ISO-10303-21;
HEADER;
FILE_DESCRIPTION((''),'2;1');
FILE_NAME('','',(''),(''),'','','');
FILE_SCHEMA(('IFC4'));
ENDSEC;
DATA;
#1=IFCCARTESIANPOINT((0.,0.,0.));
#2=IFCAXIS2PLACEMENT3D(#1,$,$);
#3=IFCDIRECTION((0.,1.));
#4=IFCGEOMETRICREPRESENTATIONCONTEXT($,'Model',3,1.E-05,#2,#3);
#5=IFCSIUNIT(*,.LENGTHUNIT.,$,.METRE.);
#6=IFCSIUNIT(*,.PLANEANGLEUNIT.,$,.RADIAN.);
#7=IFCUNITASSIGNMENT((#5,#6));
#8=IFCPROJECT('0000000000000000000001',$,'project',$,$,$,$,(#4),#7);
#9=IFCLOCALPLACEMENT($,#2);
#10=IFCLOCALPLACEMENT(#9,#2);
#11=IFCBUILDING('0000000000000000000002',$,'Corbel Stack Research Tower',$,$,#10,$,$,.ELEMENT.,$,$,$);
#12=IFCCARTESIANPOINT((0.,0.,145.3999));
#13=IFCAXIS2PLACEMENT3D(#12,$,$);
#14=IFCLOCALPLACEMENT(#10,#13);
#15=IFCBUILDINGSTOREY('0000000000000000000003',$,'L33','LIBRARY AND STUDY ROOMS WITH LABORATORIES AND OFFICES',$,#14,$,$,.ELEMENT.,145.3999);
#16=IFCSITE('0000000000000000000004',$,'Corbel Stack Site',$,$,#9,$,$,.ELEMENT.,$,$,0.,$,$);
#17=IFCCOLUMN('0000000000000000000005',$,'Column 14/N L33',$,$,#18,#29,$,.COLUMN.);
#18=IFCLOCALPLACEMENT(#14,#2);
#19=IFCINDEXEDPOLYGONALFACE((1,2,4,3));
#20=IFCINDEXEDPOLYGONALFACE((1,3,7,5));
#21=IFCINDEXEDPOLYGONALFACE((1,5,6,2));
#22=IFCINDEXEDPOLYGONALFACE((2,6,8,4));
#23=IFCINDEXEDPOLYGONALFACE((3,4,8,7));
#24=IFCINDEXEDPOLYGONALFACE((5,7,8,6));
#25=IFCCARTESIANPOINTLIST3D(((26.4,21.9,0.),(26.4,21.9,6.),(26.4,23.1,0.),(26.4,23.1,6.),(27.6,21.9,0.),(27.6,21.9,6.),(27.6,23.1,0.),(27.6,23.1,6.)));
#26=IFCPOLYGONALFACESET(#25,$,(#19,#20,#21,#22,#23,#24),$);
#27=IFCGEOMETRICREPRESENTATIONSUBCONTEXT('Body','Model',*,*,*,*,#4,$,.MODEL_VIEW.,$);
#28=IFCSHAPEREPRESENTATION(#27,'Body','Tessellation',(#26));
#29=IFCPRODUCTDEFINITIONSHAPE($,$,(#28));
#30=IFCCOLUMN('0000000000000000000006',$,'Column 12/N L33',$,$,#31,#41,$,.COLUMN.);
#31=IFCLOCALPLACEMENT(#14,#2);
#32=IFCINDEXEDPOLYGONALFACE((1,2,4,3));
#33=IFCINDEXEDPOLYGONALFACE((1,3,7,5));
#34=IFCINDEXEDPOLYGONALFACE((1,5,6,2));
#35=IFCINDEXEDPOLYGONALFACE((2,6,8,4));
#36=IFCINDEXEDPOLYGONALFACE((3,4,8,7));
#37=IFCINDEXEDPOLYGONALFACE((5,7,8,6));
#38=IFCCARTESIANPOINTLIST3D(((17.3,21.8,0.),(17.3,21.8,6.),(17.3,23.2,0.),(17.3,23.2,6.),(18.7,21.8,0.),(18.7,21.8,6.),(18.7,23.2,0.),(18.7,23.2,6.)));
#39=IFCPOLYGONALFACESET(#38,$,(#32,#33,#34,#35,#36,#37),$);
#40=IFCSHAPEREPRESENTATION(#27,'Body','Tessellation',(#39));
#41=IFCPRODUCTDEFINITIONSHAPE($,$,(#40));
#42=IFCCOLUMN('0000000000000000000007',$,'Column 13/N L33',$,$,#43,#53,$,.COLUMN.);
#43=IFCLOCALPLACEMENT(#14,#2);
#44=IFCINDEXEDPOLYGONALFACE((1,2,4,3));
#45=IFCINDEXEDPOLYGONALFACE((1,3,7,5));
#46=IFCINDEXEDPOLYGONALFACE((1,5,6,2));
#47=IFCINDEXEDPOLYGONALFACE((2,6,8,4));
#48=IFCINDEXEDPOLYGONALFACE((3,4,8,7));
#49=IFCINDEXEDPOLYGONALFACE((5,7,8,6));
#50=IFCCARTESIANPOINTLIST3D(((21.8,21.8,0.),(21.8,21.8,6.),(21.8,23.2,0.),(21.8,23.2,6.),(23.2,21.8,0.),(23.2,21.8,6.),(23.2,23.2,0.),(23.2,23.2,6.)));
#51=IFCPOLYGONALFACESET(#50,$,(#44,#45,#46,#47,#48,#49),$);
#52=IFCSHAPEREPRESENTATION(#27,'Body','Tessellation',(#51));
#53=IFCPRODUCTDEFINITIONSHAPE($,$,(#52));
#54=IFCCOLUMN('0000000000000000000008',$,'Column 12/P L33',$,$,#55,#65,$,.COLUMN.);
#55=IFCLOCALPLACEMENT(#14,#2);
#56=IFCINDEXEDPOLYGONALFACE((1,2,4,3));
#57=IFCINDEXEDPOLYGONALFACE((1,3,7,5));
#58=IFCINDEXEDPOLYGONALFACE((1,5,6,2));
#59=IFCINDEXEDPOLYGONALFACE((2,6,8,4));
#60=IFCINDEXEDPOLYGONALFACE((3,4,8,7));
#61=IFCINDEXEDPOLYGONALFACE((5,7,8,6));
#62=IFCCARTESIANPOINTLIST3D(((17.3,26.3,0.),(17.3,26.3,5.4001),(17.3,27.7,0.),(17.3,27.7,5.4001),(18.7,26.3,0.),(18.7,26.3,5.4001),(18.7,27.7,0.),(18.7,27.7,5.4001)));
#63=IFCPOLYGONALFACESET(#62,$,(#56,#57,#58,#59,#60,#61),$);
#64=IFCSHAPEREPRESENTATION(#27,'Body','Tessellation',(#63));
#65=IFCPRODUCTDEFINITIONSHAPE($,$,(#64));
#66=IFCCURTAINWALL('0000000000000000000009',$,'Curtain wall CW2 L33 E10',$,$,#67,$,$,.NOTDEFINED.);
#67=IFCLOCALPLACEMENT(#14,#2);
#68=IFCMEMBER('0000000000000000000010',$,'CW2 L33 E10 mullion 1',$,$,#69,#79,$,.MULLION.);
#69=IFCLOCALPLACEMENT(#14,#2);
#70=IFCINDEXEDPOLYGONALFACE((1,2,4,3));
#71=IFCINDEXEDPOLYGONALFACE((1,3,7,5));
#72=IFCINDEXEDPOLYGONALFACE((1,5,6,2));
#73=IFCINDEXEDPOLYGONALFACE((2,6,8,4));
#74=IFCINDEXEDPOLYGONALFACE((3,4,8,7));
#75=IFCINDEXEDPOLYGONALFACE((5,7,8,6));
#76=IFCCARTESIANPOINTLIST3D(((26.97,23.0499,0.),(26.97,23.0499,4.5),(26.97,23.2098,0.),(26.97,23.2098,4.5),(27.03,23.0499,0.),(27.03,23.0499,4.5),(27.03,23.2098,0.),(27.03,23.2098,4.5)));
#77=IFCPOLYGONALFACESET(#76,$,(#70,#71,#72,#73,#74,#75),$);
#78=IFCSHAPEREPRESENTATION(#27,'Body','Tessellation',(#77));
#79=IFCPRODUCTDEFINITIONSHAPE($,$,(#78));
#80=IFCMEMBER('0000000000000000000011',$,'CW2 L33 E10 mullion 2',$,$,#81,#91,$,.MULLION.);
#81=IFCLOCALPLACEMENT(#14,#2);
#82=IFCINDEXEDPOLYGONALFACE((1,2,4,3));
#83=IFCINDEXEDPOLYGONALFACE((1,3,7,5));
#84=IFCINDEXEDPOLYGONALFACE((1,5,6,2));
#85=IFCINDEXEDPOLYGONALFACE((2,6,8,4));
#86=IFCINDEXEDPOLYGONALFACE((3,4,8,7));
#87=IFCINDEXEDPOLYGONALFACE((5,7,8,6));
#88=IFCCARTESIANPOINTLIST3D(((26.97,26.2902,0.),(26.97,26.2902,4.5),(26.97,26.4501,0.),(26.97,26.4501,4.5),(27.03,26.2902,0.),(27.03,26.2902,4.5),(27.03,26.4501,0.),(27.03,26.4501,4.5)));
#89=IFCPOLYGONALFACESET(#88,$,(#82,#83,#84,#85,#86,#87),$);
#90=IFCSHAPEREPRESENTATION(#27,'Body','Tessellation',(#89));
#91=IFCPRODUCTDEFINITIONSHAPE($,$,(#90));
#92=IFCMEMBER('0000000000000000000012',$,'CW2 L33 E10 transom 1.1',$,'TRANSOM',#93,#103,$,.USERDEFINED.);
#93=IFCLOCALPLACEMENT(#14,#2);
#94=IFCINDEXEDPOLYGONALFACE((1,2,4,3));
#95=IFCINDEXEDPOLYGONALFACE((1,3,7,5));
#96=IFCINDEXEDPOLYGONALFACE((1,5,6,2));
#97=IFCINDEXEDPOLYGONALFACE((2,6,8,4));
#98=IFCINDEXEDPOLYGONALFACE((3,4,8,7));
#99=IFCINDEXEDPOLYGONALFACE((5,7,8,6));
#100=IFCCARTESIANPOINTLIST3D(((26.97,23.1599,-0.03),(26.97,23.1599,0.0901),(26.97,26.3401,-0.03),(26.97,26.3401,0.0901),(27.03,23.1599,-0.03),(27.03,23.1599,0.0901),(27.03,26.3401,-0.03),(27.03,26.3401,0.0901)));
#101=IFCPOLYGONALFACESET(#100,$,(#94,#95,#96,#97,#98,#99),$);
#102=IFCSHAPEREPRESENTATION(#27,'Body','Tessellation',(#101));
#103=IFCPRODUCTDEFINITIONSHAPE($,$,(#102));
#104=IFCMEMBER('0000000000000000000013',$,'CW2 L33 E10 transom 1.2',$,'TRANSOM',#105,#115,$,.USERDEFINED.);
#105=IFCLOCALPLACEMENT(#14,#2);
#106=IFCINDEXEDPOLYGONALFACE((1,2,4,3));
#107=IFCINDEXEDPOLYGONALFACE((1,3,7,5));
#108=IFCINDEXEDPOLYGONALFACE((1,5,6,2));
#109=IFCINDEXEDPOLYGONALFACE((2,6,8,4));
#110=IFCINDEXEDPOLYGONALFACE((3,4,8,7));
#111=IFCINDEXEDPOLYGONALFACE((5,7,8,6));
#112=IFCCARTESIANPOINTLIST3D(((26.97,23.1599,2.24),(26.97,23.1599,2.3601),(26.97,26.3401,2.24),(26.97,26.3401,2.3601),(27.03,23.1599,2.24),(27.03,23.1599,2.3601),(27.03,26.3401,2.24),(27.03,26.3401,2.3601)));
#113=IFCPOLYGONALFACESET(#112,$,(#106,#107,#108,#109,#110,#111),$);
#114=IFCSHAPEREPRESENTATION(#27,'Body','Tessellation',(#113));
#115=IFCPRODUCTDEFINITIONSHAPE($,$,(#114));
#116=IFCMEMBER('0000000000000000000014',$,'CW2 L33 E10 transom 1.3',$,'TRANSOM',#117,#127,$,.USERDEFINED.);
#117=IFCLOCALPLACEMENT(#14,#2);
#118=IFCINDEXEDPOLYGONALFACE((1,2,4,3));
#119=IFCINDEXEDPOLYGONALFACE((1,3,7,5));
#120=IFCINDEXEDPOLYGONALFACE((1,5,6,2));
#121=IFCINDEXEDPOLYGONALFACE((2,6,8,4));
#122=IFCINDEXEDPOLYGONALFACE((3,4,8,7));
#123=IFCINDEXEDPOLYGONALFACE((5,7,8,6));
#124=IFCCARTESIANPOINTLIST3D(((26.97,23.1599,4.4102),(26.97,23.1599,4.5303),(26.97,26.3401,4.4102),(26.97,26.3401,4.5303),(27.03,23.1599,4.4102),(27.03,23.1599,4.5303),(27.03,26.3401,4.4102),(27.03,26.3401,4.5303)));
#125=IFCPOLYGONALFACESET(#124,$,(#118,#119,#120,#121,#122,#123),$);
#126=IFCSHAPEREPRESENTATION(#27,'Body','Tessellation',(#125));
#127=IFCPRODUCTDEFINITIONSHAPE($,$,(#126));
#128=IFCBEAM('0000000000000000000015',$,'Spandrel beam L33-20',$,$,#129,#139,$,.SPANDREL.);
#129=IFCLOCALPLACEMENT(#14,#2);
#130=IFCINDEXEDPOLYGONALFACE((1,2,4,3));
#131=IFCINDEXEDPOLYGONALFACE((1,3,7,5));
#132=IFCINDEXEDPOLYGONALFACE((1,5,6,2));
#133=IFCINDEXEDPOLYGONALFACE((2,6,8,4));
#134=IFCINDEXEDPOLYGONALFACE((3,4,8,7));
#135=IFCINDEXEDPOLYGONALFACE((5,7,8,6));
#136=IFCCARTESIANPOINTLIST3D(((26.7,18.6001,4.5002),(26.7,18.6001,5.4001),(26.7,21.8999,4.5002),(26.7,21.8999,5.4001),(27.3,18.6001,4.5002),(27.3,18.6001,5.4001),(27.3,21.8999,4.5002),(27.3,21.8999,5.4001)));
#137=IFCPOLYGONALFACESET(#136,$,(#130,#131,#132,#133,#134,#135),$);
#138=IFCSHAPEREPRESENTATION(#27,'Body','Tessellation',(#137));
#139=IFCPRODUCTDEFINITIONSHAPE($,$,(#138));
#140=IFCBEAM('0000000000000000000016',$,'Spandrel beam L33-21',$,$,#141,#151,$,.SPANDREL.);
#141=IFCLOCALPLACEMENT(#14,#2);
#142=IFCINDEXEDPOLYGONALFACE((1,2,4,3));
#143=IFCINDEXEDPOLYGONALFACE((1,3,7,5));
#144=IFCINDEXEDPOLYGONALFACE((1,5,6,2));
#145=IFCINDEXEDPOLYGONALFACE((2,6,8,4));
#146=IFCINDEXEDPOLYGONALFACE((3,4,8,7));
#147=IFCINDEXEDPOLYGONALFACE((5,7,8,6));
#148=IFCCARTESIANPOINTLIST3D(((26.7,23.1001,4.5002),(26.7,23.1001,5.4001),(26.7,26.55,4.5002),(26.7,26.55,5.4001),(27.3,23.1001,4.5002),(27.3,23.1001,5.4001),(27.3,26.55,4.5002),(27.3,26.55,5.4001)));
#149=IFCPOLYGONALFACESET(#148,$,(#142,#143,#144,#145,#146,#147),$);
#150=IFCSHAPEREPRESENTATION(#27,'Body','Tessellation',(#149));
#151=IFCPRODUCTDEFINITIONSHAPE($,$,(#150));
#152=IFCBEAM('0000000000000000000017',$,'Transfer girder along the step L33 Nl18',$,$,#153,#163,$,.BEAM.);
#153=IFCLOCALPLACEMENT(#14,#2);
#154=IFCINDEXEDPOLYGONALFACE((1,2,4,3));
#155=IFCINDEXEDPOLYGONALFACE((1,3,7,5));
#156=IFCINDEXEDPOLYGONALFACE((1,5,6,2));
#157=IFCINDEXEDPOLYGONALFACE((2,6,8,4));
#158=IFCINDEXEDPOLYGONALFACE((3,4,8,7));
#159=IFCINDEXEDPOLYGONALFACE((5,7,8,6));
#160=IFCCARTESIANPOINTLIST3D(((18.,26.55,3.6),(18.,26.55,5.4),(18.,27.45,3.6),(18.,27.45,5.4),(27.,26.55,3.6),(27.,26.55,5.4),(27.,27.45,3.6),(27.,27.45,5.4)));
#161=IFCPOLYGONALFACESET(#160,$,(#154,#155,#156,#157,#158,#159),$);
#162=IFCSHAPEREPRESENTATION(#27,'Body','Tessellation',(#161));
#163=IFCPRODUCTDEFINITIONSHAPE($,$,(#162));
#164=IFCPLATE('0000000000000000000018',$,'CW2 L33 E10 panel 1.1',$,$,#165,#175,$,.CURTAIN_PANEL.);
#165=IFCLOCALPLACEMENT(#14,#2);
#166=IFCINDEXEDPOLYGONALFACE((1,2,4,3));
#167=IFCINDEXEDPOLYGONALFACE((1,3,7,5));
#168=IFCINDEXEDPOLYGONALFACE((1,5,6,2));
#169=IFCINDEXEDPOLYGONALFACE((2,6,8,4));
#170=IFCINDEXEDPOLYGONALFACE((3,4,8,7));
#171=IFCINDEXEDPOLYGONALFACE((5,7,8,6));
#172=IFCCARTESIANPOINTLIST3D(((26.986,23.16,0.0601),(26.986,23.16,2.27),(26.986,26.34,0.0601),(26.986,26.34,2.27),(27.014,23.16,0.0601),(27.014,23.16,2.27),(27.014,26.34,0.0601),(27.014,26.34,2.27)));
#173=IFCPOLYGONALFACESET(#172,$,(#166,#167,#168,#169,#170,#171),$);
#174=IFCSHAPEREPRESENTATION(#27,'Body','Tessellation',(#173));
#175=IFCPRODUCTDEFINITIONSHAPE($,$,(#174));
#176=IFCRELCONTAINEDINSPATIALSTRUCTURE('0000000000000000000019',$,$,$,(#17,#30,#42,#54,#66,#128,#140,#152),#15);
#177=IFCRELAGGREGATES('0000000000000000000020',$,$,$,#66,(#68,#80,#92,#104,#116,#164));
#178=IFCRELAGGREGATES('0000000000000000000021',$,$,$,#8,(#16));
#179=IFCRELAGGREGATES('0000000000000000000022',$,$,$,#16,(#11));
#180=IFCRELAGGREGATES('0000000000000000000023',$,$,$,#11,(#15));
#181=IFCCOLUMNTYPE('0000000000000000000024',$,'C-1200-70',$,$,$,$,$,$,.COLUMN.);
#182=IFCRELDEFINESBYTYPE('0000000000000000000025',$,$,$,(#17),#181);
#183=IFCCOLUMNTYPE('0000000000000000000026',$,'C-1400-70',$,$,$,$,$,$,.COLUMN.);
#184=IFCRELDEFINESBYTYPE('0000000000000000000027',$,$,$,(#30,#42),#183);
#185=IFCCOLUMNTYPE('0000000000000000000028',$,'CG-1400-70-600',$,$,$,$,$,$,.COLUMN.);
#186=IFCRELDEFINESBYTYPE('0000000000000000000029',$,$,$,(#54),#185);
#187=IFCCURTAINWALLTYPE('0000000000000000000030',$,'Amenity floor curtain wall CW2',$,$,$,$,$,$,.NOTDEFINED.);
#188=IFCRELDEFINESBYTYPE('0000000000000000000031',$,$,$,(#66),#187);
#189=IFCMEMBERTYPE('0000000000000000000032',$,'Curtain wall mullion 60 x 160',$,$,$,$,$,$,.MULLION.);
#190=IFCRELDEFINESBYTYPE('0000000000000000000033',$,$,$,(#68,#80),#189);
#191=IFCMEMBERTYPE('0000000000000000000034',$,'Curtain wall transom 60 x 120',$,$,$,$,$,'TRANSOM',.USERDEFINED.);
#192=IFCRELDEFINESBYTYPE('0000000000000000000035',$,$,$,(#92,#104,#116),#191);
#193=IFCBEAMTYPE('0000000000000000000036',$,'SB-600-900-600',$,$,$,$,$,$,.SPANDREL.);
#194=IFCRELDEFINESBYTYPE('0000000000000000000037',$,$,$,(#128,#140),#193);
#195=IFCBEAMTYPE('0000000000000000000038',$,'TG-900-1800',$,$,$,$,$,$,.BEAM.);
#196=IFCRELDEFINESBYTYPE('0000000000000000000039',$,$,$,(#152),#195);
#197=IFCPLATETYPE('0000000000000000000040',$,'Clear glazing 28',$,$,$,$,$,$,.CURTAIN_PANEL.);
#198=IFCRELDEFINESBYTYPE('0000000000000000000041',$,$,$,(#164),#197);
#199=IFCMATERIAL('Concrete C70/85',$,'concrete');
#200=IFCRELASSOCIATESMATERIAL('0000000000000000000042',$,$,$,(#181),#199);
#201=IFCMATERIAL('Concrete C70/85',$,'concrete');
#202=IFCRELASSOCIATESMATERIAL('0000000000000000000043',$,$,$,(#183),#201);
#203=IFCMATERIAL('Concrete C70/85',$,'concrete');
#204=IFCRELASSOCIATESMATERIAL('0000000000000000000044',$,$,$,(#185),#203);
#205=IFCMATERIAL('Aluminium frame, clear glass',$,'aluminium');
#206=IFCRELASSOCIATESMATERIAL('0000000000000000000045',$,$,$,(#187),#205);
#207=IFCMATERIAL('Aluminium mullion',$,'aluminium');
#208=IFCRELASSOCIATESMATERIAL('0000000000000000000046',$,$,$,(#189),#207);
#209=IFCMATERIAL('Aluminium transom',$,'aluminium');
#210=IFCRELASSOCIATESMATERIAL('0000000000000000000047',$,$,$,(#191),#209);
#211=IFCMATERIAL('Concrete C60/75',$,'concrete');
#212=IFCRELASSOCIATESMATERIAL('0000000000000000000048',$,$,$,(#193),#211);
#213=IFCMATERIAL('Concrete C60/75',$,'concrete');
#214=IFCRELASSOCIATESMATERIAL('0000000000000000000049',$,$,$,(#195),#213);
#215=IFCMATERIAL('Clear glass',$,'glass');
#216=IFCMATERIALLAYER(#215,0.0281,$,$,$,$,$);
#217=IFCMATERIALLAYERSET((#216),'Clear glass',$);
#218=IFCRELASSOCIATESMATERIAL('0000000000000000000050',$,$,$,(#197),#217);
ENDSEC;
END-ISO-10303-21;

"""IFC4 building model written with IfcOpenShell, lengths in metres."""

from ifc_helpers import new_model, si_unit, direction, frame, origin, origin_2d, place, context, subcontext, project, spatial, rectangle, extrude, material, layer, layer_set, material_profile, profile_set, type_object, element, aggregate, save


model = new_model("IFC4")

# Units and contexts
model_context = context("Model", 3, precision=1e-05, world=origin(), true_north=direction((0.0, 1.0)))
body_context = subcontext(model_context, "Body", "Model", "MODEL_VIEW")
ifc_project = project(units=[si_unit("LENGTHUNIT", "METRE"), si_unit("PLANEANGLEUNIT", "RADIAN")], contexts=[model_context])

# Site, building, storey
site_placement = place(None, origin())
site = spatial("IfcSite", under=ifc_project, at=site_placement, Name="Corbel Stack Site", CompositionType="ELEMENT", RefElevation=0.0)
building_placement = place(site_placement, origin())
building = spatial("IfcBuilding", under=site, at=building_placement, Name="Corbel Stack Research Tower", CompositionType="ELEMENT")
storey_placement = place(building_placement, frame((0.0, 0.0, 145.3999)))
storey = spatial("IfcBuildingStorey", under=building, at=storey_placement, Name="L33", Description="LIBRARY AND STUDY ROOMS WITH LABORATORIES AND OFFICES", CompositionType="ELEMENT", Elevation=145.3999)

# Columns
ifc_material_1 = material(Name="Concrete C70/85", Category="concrete")
ifc_material_profile_1 = material_profile(ifc_material_1, rectangle(XDim=1.2, YDim=1.2, at=origin_2d()), Name="RC 1200 x 1200")
ifc_profile_set_1 = profile_set([ifc_material_profile_1], Name="Concrete C70/85")
column_type_1 = type_object("IfcColumnType", Name="C-1200-70", PredefinedType="COLUMN", material=ifc_profile_set_1)
column_1_placement = place(storey_placement, frame((27.0, 22.5, 0.0), z_axis=(0.0, 0.0, 1.0), x_axis=(1.0, 0.0, 0.0)))
element("IfcColumn", 1, at=column_1_placement, inside=storey, type_object=column_type_1, Name="Column 14/N L33", PredefinedType="COLUMN", context=body_context, shape_type="SweptSolid", body=[
    extrude(rectangle(XDim=1.2, YDim=1.2, at=origin_2d()), origin(), (0.0, 0.0, 1.0), 6.0),
])
ifc_material_2 = material(Name="Concrete C70/85", Category="concrete")
ifc_material_profile_2 = material_profile(ifc_material_2, rectangle(XDim=1.3999, YDim=1.3999, at=origin_2d()), Name="RC 1400 x 1400")
ifc_profile_set_2 = profile_set([ifc_material_profile_2], Name="Concrete C70/85")
column_type_2 = type_object("IfcColumnType", Name="C-1400-70", PredefinedType="COLUMN", material=ifc_profile_set_2)
for number, where, z_axis, x_axis, name in (
    (2, (18.0, 22.5, 0.0), (0.0, 0.0, 1.0), (1.0, 0.0, 0.0), "Column 12/N L33"),
    (3, (22.5, 22.5, 0.0), (0.0, 0.0, 1.0), (1.0, 0.0, 0.0), "Column 13/N L33"),
):
    element("IfcColumn", number, at=place(storey_placement, frame(where, z_axis=z_axis, x_axis=x_axis)), inside=storey, type_object=column_type_2, Name=name, PredefinedType="COLUMN", context=body_context, shape_type="SweptSolid", body=[
        extrude(rectangle(XDim=1.3999, YDim=1.3999, at=origin_2d()), origin(), (0.0, 0.0, 1.0), 6.0),
    ])
ifc_material_3 = material(Name="Concrete C70/85", Category="concrete")
ifc_material_profile_3 = material_profile(ifc_material_3, rectangle(XDim=1.3999, YDim=1.3999, at=origin_2d()), Name="RC 1400 x 1400")
ifc_profile_set_3 = profile_set([ifc_material_profile_3], Name="Concrete C70/85")
column_type_3 = type_object("IfcColumnType", Name="CG-1400-70-600", PredefinedType="COLUMN", material=ifc_profile_set_3)
column_2_placement = place(storey_placement, frame((18.0, 27.0, 0.0), z_axis=(0.0, 0.0, 1.0), x_axis=(1.0, 0.0, 0.0)))
element("IfcColumn", 4, at=column_2_placement, inside=storey, type_object=column_type_3, Name="Column 12/P L33", PredefinedType="COLUMN", context=body_context, shape_type="SweptSolid", body=[
    extrude(rectangle(XDim=1.3999, YDim=1.3999, at=origin_2d()), origin(), (0.0, 0.0, 1.0), 5.4001),
])

# Curtain wall, members
ifc_material_4 = material(Name="Aluminium frame, clear glass", Category="aluminium")
curtain_wall_type = type_object("IfcCurtainWallType", Name="Amenity floor curtain wall CW2", PredefinedType="NOTDEFINED", material=ifc_material_4)
curtain_wall_placement = place(storey_placement, origin())
curtain_wall = element("IfcCurtainWall", 5, at=curtain_wall_placement, inside=storey, type_object=curtain_wall_type, Name="Curtain wall CW2 L33 E10", PredefinedType="NOTDEFINED")
ifc_material_5 = material(Name="Aluminium mullion", Category="aluminium")
ifc_material_profile_4 = material_profile(ifc_material_5, rectangle(XDim=0.0601, YDim=0.1599, at=origin_2d()), Name="Mullion 60 x 160")
ifc_profile_set_4 = profile_set([ifc_material_profile_4], Name="Aluminium mullion")
member_type_1 = type_object("IfcMemberType", Name="Curtain wall mullion 60 x 160", PredefinedType="MULLION", material=ifc_profile_set_4)
member_1_placement = place(storey_placement, frame((27.0, 23.1299, 0.0), z_axis=(0.0, 0.0, 1.0), x_axis=(-1.0, 0.0, 0.0)))
member_1 = element("IfcMember", 6, at=member_1_placement, type_object=member_type_1, Name="CW2 L33 E10 mullion 1", PredefinedType="MULLION", context=body_context, shape_type="SweptSolid", body=[
    extrude(rectangle(XDim=0.0601, YDim=0.1599, at=origin_2d()), origin(), (0.0, 0.0, 1.0), 4.5),
])
member_2_placement = place(storey_placement, frame((27.0, 26.3701, 0.0), z_axis=(0.0, 0.0, 1.0), x_axis=(-1.0, 0.0, 0.0)))
member_2 = element("IfcMember", 7, at=member_2_placement, type_object=member_type_1, Name="CW2 L33 E10 mullion 2", PredefinedType="MULLION", context=body_context, shape_type="SweptSolid", body=[
    extrude(rectangle(XDim=0.0601, YDim=0.1599, at=origin_2d()), origin(), (0.0, 0.0, 1.0), 4.5),
])
ifc_material_6 = material(Name="Aluminium transom", Category="aluminium")
ifc_material_profile_5 = material_profile(ifc_material_6, rectangle(XDim=0.0601, YDim=0.1201, at=origin_2d()), Name="Transom 60 x 120")
ifc_profile_set_5 = profile_set([ifc_material_profile_5], Name="Aluminium transom")
member_type_2 = type_object("IfcMemberType", Name="Curtain wall transom 60 x 120", ElementType="TRANSOM", PredefinedType="USERDEFINED", material=ifc_profile_set_5)
member_3_placement = place(storey_placement, frame((27.0, 23.1599, 0.03), z_axis=(0.0, 1.0, 0.0), x_axis=(-1.0, 0.0, 0.0)))
member_3 = element("IfcMember", 8, at=member_3_placement, type_object=member_type_2, Name="CW2 L33 E10 transom 1.1", ObjectType="TRANSOM", PredefinedType="USERDEFINED", context=body_context, shape_type="SweptSolid", body=[
    extrude(rectangle(XDim=0.0601, YDim=0.1201, at=origin_2d()), origin(), (0.0, 0.0, 1.0), 3.1802),
])
member_4_placement = place(storey_placement, frame((27.0, 23.1599, 2.3), z_axis=(0.0, 1.0, 0.0), x_axis=(-1.0, 0.0, 0.0)))
member_4 = element("IfcMember", 9, at=member_4_placement, type_object=member_type_2, Name="CW2 L33 E10 transom 1.2", ObjectType="TRANSOM", PredefinedType="USERDEFINED", context=body_context, shape_type="SweptSolid", body=[
    extrude(rectangle(XDim=0.0601, YDim=0.1201, at=origin_2d()), origin(), (0.0, 0.0, 1.0), 3.1802),
])
member_5_placement = place(storey_placement, frame((27.0, 23.1599, 4.4702), z_axis=(0.0, 1.0, 0.0), x_axis=(-1.0, 0.0, 0.0)))
member_5 = element("IfcMember", 10, at=member_5_placement, type_object=member_type_2, Name="CW2 L33 E10 transom 1.3", ObjectType="TRANSOM", PredefinedType="USERDEFINED", context=body_context, shape_type="SweptSolid", body=[
    extrude(rectangle(XDim=0.0601, YDim=0.1201, at=origin_2d()), origin(), (0.0, 0.0, 1.0), 3.1802),
])

# Beams
ifc_material_7 = material(Name="Concrete C60/75", Category="concrete")
ifc_material_profile_6 = material_profile(ifc_material_7, rectangle(XDim=0.6001, YDim=0.8999, at=origin_2d()), Name="RC 600 x 900")
ifc_profile_set_6 = profile_set([ifc_material_profile_6], Name="Concrete C60/75")
beam_type_1 = type_object("IfcBeamType", Name="SB-600-900-600", PredefinedType="SPANDREL", material=ifc_profile_set_6)
beam_1_placement = place(storey_placement, frame((27.0, 18.6001, 4.9502), z_axis=(0.0, 1.0, 0.0), x_axis=(-1.0, 0.0, 0.0)))
element("IfcBeam", 11, at=beam_1_placement, inside=storey, type_object=beam_type_1, Name="Spandrel beam L33-20", PredefinedType="SPANDREL", context=body_context, shape_type="SweptSolid", body=[
    extrude(rectangle(XDim=0.6001, YDim=0.8999, at=origin_2d()), origin(), (0.0, 0.0, 1.0), 3.2998),
])
beam_2_placement = place(storey_placement, frame((27.0, 23.1001, 4.9502), z_axis=(0.0, 1.0, 0.0), x_axis=(-1.0, 0.0, 0.0)))
element("IfcBeam", 12, at=beam_2_placement, inside=storey, type_object=beam_type_1, Name="Spandrel beam L33-21", PredefinedType="SPANDREL", context=body_context, shape_type="SweptSolid", body=[
    extrude(rectangle(XDim=0.6001, YDim=0.8999, at=origin_2d()), origin(), (0.0, 0.0, 1.0), 3.45),
])
ifc_material_8 = material(Name="Concrete C60/75", Category="concrete")
ifc_material_profile_7 = material_profile(ifc_material_8, rectangle(XDim=0.8999, YDim=1.8, at=origin_2d()), Name="RC 900 x 1800")
ifc_profile_set_7 = profile_set([ifc_material_profile_7], Name="Concrete C60/75")
beam_type_2 = type_object("IfcBeamType", Name="TG-900-1800", PredefinedType="BEAM", material=ifc_profile_set_7)
beam_3_placement = place(storey_placement, frame((18.0, 27.0, 4.5), z_axis=(1.0, 0.0, 0.0), x_axis=(0.0, 1.0, 0.0)))
element("IfcBeam", 13, at=beam_3_placement, inside=storey, type_object=beam_type_2, Name="Transfer girder along the step L33 Nl18", PredefinedType="BEAM", context=body_context, shape_type="SweptSolid", body=[
    extrude(rectangle(XDim=0.8999, YDim=1.8, at=origin_2d()), origin(), (0.0, 0.0, 1.0), 9.0),
])

# Plate
ifc_material_9 = material(Name="Clear glass", Category="glass")
ifc_layer_1 = layer(ifc_material_9, 0.0281)
ifc_layer_set_1 = layer_set([ifc_layer_1], Name="Clear glass")
plate_type = type_object("IfcPlateType", Name="Clear glazing 28", PredefinedType="CURTAIN_PANEL", material=ifc_layer_set_1)
plate_1_placement = place(storey_placement, frame((27.0, 24.75, 0.0601), z_axis=(0.0, 0.0, 1.0), x_axis=(0.0, 1.0, 0.0)))
plate_1 = element("IfcPlate", 14, at=plate_1_placement, type_object=plate_type, Name="CW2 L33 E10 panel 1.1", PredefinedType="CURTAIN_PANEL", context=body_context, shape_type="SweptSolid", body=[
    extrude(rectangle(XDim=3.1799, YDim=0.0281, at=origin_2d()), origin(), (0.0, 0.0, 1.0), 2.21),
])
aggregate(curtain_wall, [member_1, member_2, member_3, member_4, member_5, plate_1])

save(model, "model.ifc")
